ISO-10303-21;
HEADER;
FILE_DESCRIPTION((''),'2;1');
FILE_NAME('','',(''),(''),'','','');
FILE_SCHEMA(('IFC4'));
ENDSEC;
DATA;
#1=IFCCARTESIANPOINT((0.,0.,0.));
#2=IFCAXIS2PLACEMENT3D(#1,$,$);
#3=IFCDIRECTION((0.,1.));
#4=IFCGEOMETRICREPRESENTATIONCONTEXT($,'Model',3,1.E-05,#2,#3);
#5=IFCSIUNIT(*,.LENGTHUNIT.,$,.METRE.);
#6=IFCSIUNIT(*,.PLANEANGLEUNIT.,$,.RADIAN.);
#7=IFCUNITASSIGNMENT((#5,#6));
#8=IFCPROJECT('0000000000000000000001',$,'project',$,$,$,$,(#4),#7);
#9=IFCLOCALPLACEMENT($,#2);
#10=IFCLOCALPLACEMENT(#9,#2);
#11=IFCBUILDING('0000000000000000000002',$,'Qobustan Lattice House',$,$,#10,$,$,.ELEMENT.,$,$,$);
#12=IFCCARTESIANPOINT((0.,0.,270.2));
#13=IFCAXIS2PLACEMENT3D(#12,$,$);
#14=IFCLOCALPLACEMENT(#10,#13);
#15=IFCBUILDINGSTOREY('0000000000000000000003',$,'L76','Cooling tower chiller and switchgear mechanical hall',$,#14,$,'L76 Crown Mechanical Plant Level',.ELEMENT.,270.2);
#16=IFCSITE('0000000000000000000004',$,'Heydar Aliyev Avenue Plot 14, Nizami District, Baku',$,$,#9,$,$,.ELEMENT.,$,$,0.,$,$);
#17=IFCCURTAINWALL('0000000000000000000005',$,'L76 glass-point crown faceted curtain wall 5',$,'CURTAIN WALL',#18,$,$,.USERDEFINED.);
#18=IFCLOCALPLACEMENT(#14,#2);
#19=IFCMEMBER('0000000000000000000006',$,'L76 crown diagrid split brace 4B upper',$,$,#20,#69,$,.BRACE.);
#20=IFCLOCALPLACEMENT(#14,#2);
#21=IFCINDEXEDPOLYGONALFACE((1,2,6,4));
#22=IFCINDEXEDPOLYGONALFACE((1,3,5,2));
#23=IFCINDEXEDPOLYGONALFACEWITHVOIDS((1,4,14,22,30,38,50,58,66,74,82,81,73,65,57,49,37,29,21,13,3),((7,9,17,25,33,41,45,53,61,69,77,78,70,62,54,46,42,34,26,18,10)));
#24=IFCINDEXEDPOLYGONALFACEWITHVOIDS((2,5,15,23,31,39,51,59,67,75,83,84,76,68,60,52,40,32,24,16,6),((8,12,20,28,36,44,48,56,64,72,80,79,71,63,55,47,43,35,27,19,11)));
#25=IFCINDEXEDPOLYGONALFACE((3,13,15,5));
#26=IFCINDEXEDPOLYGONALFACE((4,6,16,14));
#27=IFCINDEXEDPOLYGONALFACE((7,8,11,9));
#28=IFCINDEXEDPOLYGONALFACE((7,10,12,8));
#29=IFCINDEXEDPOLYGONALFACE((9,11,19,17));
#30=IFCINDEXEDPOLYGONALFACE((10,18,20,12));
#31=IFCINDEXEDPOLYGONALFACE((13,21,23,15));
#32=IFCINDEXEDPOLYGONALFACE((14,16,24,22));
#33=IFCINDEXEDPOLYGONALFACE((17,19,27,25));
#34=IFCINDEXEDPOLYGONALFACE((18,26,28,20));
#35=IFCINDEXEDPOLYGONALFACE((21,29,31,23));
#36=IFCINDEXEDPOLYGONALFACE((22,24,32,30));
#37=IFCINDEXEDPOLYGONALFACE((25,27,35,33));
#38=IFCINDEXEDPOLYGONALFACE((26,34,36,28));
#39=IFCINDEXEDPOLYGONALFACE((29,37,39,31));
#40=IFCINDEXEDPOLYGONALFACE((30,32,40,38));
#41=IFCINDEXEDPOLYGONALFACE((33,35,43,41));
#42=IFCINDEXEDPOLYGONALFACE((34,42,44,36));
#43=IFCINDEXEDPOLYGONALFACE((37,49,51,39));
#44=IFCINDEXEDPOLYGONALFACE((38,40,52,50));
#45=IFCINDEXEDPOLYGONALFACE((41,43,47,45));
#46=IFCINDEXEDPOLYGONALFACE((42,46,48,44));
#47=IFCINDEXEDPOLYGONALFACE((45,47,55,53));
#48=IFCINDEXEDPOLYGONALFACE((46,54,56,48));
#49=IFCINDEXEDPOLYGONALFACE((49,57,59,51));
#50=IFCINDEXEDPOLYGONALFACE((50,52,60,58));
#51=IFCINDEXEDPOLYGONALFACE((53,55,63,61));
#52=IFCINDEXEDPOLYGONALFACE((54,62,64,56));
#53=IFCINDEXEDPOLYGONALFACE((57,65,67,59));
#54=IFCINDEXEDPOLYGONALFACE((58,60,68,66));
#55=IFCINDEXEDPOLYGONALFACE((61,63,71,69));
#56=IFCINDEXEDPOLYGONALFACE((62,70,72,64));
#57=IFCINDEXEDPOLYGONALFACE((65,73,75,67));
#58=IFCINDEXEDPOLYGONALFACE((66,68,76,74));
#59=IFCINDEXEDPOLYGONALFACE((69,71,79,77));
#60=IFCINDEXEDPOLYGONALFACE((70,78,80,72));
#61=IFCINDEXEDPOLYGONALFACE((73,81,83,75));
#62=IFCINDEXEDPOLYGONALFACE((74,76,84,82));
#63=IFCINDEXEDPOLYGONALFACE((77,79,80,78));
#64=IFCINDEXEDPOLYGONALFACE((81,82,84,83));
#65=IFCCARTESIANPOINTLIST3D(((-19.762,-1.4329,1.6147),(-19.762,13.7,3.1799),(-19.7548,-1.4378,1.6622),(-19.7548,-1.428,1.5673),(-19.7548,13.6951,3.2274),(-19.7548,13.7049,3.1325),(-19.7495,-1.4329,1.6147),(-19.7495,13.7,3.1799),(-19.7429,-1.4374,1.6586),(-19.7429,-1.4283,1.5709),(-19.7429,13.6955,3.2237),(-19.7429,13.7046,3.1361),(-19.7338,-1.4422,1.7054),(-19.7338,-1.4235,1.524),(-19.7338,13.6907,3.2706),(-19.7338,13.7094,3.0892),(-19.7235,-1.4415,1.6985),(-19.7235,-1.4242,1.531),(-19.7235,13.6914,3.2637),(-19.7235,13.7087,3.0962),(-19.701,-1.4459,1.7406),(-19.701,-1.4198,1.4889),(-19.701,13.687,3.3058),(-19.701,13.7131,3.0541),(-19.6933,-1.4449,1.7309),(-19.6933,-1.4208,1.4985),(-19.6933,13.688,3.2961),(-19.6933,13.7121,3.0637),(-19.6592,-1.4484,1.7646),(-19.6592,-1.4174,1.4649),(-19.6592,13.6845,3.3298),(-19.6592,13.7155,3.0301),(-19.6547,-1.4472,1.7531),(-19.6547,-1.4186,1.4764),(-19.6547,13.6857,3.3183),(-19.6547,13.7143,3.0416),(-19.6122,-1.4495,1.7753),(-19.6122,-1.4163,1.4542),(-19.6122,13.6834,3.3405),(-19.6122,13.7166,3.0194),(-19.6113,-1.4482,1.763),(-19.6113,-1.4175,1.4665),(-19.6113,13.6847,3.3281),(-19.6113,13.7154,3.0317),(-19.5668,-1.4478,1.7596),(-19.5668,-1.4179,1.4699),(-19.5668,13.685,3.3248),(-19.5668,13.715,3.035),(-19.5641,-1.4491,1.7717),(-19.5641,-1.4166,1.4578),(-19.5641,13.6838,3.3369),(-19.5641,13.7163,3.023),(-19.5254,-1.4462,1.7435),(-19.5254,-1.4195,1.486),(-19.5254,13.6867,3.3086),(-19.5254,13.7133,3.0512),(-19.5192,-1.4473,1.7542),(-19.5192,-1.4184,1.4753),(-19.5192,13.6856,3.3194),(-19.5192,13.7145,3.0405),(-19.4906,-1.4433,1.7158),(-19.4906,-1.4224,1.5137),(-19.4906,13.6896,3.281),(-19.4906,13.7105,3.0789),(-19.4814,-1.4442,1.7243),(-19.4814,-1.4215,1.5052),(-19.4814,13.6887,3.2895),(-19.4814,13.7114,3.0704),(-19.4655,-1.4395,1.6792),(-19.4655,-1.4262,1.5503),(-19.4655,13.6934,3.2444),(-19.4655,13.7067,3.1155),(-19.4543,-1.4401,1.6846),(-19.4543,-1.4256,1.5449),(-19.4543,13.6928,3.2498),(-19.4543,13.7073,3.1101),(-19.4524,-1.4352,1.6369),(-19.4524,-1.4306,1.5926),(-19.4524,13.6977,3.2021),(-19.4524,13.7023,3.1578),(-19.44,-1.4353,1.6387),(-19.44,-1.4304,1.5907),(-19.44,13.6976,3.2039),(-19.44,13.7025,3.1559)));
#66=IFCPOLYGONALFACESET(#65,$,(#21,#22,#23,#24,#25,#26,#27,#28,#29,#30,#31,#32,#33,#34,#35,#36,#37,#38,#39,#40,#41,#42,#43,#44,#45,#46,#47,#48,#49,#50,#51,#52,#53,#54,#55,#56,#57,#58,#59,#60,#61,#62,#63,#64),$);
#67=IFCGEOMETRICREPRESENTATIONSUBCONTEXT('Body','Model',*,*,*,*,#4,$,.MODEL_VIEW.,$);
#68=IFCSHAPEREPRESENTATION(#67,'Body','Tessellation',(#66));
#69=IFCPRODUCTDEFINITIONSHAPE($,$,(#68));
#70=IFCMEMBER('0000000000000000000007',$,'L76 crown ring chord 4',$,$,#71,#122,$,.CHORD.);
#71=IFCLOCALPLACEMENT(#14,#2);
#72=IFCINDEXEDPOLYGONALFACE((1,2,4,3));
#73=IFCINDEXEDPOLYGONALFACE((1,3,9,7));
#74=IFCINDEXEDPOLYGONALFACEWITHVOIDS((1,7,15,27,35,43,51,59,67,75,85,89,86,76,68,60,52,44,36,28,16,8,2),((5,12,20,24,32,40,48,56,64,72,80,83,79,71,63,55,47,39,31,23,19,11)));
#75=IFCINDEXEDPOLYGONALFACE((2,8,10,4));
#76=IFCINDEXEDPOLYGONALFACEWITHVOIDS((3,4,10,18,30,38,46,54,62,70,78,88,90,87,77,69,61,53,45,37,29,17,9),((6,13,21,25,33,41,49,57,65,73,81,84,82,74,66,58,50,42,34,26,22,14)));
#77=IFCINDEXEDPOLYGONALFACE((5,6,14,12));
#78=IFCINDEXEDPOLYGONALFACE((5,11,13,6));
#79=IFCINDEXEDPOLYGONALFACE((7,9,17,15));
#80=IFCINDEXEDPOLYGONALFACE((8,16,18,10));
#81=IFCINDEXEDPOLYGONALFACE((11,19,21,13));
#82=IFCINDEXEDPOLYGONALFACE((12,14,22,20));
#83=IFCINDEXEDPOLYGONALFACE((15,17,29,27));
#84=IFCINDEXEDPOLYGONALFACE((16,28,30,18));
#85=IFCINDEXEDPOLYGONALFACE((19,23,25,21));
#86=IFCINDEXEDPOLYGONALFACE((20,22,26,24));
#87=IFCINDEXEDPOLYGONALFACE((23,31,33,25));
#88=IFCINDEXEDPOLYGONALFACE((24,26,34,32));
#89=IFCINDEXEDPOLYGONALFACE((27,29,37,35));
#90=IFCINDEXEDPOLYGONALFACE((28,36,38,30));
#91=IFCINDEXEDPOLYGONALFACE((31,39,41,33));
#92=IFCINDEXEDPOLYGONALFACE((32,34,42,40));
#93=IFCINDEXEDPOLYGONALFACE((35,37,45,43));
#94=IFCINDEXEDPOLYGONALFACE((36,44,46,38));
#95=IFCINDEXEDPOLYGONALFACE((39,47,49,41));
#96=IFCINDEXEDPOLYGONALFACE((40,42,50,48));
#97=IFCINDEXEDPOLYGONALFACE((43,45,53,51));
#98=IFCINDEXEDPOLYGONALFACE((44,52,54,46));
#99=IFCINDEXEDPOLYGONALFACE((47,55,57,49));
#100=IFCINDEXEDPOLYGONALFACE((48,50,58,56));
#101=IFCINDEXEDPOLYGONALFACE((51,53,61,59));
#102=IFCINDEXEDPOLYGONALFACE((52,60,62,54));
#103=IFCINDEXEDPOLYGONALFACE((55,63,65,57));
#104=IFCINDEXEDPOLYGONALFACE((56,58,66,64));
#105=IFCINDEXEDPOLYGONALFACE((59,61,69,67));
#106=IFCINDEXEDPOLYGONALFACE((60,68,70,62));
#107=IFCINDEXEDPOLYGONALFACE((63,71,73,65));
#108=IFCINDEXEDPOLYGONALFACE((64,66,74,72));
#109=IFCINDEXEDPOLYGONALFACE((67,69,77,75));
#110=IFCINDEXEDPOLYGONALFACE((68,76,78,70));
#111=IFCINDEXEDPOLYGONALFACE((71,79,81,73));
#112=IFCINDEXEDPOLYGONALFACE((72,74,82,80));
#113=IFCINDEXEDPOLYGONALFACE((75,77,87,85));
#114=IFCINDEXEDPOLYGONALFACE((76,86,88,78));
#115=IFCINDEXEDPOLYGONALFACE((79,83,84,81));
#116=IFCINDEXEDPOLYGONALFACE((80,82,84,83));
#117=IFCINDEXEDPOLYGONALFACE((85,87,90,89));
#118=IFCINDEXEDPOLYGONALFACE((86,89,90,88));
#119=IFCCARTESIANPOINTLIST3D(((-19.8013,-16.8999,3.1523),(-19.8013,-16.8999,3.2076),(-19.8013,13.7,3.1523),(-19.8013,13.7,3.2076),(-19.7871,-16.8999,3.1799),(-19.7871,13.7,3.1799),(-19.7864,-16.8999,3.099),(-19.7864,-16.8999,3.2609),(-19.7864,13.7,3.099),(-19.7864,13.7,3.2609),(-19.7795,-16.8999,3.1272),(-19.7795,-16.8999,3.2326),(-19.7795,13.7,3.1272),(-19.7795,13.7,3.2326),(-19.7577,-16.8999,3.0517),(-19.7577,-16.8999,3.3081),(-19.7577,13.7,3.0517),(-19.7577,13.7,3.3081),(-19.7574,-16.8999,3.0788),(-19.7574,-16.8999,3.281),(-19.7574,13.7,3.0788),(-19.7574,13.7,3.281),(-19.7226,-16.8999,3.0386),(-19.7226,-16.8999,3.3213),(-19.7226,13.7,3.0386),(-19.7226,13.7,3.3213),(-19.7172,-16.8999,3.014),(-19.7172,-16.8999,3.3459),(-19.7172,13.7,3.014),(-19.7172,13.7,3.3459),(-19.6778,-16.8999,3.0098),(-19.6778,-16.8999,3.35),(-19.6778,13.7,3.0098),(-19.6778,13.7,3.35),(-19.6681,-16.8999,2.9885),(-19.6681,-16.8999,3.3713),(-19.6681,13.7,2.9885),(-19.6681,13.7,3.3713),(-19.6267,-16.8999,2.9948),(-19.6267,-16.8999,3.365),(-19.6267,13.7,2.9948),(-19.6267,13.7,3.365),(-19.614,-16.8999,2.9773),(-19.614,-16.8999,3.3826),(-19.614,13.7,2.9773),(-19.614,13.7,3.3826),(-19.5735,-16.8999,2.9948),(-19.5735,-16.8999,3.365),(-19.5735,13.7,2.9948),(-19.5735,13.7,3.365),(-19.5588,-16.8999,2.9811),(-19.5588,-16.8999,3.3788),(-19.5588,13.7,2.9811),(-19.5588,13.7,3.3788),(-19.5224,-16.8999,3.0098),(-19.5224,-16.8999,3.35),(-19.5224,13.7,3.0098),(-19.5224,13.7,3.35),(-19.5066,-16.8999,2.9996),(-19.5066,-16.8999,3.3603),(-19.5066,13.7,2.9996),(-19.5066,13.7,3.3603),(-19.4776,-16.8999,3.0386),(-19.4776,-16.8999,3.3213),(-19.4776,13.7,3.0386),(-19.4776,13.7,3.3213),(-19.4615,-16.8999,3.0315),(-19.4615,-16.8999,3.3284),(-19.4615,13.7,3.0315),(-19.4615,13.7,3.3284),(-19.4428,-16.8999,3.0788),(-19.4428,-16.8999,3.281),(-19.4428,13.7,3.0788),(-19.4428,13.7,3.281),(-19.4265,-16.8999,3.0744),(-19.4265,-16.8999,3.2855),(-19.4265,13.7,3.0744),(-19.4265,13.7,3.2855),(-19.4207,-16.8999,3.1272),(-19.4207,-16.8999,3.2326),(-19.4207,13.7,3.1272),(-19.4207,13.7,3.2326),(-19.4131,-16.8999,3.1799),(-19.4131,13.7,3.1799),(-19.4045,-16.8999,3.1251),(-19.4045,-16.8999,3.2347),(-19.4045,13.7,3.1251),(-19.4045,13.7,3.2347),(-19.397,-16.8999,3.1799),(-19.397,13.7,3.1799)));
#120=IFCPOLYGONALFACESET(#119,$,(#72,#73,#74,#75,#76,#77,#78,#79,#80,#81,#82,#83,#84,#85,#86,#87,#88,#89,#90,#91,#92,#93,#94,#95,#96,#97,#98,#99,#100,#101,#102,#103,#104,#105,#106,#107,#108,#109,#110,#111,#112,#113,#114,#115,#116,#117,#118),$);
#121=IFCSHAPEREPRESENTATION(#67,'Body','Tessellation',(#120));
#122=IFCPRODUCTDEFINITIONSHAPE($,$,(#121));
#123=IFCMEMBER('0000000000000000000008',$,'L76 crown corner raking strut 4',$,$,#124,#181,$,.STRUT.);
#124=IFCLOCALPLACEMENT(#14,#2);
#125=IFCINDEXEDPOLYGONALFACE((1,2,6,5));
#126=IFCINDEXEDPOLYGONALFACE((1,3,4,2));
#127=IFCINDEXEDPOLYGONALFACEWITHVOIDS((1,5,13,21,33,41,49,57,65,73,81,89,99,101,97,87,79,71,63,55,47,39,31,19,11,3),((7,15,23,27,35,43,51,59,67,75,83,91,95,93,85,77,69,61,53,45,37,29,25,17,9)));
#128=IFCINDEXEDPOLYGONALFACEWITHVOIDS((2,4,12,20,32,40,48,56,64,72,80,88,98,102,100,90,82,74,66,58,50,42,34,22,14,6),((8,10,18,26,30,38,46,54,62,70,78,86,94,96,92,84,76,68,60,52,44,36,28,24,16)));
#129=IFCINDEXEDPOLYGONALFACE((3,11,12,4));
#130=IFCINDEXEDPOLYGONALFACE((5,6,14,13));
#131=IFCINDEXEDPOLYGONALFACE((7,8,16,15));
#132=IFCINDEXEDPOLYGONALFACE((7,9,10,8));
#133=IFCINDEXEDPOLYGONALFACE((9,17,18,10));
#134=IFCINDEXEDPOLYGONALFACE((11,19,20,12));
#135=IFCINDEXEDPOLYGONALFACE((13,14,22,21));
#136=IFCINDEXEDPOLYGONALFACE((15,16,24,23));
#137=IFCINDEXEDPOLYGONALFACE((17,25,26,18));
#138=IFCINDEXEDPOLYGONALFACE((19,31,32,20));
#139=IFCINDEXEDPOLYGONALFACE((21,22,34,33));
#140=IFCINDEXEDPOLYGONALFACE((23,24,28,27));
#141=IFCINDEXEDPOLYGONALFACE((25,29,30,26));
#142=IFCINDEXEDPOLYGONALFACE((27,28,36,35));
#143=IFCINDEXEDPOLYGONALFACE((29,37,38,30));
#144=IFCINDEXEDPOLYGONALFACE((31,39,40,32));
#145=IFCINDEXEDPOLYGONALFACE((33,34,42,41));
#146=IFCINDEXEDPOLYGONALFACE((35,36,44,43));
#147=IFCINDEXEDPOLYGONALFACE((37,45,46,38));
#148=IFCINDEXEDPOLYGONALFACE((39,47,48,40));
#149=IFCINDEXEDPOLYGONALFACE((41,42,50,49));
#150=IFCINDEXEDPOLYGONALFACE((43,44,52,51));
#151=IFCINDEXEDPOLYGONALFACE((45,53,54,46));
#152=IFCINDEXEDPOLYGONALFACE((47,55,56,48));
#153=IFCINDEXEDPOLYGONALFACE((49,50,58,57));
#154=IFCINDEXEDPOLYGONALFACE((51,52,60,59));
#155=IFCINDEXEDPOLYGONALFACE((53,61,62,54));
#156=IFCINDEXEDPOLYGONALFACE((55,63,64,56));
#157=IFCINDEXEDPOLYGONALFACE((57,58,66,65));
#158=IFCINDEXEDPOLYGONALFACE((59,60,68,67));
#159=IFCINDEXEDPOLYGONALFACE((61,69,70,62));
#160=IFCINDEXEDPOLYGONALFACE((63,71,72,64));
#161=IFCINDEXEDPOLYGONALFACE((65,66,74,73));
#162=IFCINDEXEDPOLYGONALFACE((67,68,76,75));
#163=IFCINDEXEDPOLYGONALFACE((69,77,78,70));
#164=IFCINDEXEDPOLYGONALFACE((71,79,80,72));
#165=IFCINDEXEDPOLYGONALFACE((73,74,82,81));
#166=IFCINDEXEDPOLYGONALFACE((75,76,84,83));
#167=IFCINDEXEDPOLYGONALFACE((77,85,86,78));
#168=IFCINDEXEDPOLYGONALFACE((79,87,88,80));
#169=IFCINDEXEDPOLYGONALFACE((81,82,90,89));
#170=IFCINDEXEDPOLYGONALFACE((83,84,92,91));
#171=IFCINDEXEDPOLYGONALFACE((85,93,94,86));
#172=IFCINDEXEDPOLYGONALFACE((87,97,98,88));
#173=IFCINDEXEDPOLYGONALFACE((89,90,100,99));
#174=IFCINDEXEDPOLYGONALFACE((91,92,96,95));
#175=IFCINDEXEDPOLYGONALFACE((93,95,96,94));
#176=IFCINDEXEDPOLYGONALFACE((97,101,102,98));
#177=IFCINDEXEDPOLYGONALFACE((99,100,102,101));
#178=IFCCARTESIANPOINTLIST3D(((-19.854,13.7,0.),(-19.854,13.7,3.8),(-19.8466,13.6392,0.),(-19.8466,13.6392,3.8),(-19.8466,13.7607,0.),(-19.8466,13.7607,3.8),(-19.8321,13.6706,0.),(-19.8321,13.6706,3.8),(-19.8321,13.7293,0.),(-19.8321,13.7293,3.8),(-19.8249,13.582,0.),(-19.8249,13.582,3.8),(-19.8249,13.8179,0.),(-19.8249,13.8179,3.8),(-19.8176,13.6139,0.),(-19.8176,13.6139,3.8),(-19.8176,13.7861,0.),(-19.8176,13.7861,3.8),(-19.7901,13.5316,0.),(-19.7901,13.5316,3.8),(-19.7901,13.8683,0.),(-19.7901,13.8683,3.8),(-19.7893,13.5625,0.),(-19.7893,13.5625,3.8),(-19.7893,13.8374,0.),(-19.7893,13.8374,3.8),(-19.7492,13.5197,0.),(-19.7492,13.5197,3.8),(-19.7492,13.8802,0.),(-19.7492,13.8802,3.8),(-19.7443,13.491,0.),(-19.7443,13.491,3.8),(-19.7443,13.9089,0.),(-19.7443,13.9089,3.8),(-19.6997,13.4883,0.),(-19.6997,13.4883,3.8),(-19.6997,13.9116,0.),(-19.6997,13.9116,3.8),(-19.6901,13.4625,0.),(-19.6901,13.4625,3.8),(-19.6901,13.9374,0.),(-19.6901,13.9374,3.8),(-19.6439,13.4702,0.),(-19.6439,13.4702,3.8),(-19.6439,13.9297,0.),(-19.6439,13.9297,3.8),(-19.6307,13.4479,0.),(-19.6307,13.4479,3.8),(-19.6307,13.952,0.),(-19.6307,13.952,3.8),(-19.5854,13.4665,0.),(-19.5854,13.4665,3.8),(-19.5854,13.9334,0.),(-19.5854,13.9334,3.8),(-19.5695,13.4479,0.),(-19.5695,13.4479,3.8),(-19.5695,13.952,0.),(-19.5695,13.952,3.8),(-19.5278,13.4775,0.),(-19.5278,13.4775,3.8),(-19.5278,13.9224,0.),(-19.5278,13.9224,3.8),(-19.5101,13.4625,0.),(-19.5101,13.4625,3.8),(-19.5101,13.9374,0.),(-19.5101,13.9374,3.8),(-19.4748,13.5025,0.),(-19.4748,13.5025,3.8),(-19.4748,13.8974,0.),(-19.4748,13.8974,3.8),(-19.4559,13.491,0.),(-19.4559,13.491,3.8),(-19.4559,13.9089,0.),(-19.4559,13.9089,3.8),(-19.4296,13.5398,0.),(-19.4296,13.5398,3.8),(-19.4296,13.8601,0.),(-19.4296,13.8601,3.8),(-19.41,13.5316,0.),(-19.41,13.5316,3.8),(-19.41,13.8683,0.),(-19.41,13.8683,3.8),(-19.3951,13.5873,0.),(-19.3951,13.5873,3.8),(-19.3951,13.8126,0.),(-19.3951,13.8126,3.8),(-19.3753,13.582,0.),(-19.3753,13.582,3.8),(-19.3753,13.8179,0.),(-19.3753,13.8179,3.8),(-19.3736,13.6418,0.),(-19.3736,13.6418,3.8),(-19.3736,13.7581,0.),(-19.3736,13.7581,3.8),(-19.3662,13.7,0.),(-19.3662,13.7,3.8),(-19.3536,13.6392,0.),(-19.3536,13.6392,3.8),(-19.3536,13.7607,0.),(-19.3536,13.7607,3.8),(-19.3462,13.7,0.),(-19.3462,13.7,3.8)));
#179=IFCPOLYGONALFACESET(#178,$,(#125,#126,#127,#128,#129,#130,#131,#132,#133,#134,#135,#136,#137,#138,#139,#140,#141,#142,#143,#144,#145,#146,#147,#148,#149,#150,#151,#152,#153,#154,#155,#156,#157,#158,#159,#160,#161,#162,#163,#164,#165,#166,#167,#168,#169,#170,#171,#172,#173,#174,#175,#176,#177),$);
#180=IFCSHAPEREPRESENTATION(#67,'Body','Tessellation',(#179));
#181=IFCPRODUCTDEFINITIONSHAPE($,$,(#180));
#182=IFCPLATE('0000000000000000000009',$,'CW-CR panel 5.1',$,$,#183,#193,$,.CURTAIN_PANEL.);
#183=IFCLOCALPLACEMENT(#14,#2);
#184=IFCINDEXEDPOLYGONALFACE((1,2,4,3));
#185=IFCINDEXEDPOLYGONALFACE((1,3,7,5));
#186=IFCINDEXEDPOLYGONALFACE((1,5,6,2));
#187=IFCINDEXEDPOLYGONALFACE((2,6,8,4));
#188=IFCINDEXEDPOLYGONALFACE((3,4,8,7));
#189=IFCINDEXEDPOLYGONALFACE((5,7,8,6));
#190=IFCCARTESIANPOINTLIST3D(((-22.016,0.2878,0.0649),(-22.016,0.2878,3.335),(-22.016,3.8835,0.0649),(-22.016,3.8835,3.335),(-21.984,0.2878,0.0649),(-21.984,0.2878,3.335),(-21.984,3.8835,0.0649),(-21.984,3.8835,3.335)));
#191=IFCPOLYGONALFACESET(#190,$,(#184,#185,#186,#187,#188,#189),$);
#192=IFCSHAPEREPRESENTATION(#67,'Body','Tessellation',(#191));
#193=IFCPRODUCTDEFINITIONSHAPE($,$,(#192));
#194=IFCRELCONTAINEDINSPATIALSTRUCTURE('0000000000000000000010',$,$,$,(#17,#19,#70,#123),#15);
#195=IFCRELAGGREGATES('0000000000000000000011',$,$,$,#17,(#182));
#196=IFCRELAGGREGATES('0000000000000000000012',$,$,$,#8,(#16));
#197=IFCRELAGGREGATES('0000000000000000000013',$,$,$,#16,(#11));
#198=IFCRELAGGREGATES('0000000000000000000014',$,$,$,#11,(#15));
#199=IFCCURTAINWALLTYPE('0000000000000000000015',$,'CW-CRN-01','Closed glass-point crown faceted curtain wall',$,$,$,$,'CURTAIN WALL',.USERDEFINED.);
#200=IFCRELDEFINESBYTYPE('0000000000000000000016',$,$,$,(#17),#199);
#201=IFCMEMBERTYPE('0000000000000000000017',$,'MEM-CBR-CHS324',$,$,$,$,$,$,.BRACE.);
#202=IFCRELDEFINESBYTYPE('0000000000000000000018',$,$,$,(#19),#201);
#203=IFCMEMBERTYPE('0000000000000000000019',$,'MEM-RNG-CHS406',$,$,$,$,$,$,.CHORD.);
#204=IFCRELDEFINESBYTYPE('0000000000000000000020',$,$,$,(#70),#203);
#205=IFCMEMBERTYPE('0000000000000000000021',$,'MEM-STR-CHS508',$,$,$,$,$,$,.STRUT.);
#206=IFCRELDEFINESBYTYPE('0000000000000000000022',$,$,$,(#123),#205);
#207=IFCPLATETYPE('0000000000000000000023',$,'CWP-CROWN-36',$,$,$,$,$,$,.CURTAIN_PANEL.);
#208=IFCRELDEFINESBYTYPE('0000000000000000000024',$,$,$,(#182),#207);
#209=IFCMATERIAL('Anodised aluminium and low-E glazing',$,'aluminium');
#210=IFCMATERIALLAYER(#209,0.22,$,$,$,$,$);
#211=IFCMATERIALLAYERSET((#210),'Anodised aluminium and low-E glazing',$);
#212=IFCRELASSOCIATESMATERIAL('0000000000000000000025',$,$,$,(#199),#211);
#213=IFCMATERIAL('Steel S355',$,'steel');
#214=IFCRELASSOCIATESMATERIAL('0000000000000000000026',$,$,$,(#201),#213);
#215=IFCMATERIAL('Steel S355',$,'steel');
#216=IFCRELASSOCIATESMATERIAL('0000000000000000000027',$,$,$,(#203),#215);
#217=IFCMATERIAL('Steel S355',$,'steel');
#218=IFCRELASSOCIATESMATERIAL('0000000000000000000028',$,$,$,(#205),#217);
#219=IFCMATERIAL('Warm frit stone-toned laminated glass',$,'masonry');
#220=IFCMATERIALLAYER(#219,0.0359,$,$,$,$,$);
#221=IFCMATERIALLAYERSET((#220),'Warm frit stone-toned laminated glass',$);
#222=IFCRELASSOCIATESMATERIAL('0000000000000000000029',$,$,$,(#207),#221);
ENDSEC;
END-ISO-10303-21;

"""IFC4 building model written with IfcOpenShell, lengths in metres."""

from ifc_helpers import new_model, si_unit, direction, frame, origin, origin_2d, place, context, subcontext, project, spatial, rectangle, hollow_circle, extrude, material, layer, layer_set, material_profile, profile_set, type_object, element, aggregate, save


model = new_model("IFC4")

# Units and contexts
model_context = context("Model", 3, precision=1e-05, world=origin(), true_north=direction((0.0, 1.0)))
body_context = subcontext(model_context, "Body", "Model", "MODEL_VIEW")
ifc_project = project(units=[si_unit("LENGTHUNIT", "METRE"), si_unit("PLANEANGLEUNIT", "RADIAN")], contexts=[model_context])

# Site, building, storey
site_placement = place(None, origin())
site = spatial("IfcSite", under=ifc_project, at=site_placement, Name="Heydar Aliyev Avenue Plot 14, Nizami District, Baku", CompositionType="ELEMENT", RefElevation=0.0)
building_placement = place(site_placement, origin())
building = spatial("IfcBuilding", under=site, at=building_placement, Name="Qobustan Lattice House", CompositionType="ELEMENT")
storey_placement = place(building_placement, frame((0.0, 0.0, 270.2)))
storey = spatial("IfcBuildingStorey", under=building, at=storey_placement, Name="L76", Description="Cooling tower chiller and switchgear mechanical hall", LongName="L76 Crown Mechanical Plant Level", CompositionType="ELEMENT", Elevation=270.2)

# Curtain wall
ifc_material_1 = material(Name="Anodised aluminium and low-E glazing", Category="aluminium")
ifc_layer_1 = layer(ifc_material_1, 0.22)
ifc_layer_set_1 = layer_set([ifc_layer_1], Name="Anodised aluminium and low-E glazing")
curtain_wall_type = type_object("IfcCurtainWallType", Name="CW-CRN-01", Description="Closed glass-point crown faceted curtain wall", ElementType="CURTAIN WALL", PredefinedType="USERDEFINED", material=ifc_layer_set_1)
curtain_wall_1_placement = place(storey_placement, origin())
curtain_wall_1 = element("IfcCurtainWall", 1, at=curtain_wall_1_placement, inside=storey, type_object=curtain_wall_type, Name="L76 glass-point crown faceted curtain wall 5", ObjectType="CURTAIN WALL", PredefinedType="USERDEFINED")

# Members
ifc_material_2 = material(Name="Steel S355", Category="steel")
ifc_material_profile_1 = material_profile(ifc_material_2, hollow_circle(Radius=0.1619, WallThickness=0.0125, at=origin_2d()), Name="CHS323.9x12.5")
ifc_profile_set_1 = profile_set([ifc_material_profile_1], Name="Steel S355")
member_type_1 = type_object("IfcMemberType", Name="MEM-CBR-CHS324", PredefinedType="BRACE", material=ifc_profile_set_1)
member_1_placement = place(storey_placement, frame((-19.6001, -1.4329, 1.6147), z_axis=(0.0, 0.994694, 0.102881), x_axis=(-1.0, 0.0, 0.0)))
element("IfcMember", 2, at=member_1_placement, inside=storey, type_object=member_type_1, Name="L76 crown diagrid split brace 4B upper", PredefinedType="BRACE", context=body_context, shape_type="SweptSolid", body=[
    extrude(hollow_circle(Radius=0.1619, WallThickness=0.0125, at=origin_2d()), origin(), (0.0, 0.0, 1.0), 15.2136),
])
ifc_material_3 = material(Name="Steel S355", Category="steel")
ifc_material_profile_2 = material_profile(ifc_material_3, hollow_circle(Radius=0.2031, WallThickness=0.0161, at=origin_2d()), Name="CHS406.4x16")
ifc_profile_set_2 = profile_set([ifc_material_profile_2], Name="Steel S355")
member_type_2 = type_object("IfcMemberType", Name="MEM-RNG-CHS406", PredefinedType="CHORD", material=ifc_profile_set_2)
member_2_placement = place(storey_placement, frame((-19.6001, 13.7, 3.1799), z_axis=(0.0, -1.0, 0.0), x_axis=(1.0, 0.0, 0.0)))
element("IfcMember", 3, at=member_2_placement, inside=storey, type_object=member_type_2, Name="L76 crown ring chord 4", PredefinedType="CHORD", context=body_context, shape_type="SweptSolid", body=[
    extrude(hollow_circle(Radius=0.2031, WallThickness=0.0161, at=origin_2d()), origin(), (0.0, 0.0, 1.0), 30.5999),
])
ifc_material_4 = material(Name="Steel S355", Category="steel")
ifc_material_profile_3 = material_profile(ifc_material_4, hollow_circle(Radius=0.2539, WallThickness=0.02, at=origin_2d()), Name="CHS508x20")
ifc_profile_set_3 = profile_set([ifc_material_profile_3], Name="Steel S355")
member_type_3 = type_object("IfcMemberType", Name="MEM-STR-CHS508", PredefinedType="STRUT", material=ifc_profile_set_3)
member_3_placement = place(storey_placement, frame((-19.6001, 13.7, 0.0), z_axis=(0.0, 0.0, 1.0), x_axis=(1.0, 0.0, 0.0)))
element("IfcMember", 4, at=member_3_placement, inside=storey, type_object=member_type_3, Name="L76 crown corner raking strut 4", PredefinedType="STRUT", context=body_context, shape_type="SweptSolid", body=[
    extrude(hollow_circle(Radius=0.2539, WallThickness=0.02, at=origin_2d()), origin(), (0.0, 0.0, 1.0), 3.8),
])

# Plate
ifc_material_5 = material(Name="Warm frit stone-toned laminated glass", Category="masonry")
ifc_layer_2 = layer(ifc_material_5, 0.0359)
ifc_layer_set_2 = layer_set([ifc_layer_2], Name="Warm frit stone-toned laminated glass")
plate_type_1 = type_object("IfcPlateType", Name="CWP-CROWN-36", PredefinedType="CURTAIN_PANEL", material=ifc_layer_set_2)
plate_1_placement = place(storey_placement, frame((-22.0, 2.0857, 0.0649), z_axis=(0.0, 0.0, 1.0), x_axis=(0.0, 1.0, 0.0)))
plate_1 = element("IfcPlate", 5, at=plate_1_placement, type_object=plate_type_1, Name="CW-CR panel 5.1", PredefinedType="CURTAIN_PANEL", context=body_context, shape_type="SweptSolid", body=[
    extrude(rectangle(XDim=3.5957, YDim=0.032, at=origin_2d()), origin(), (0.0, 0.0, 1.0), 3.27),
])
aggregate(curtain_wall_1, [plate_1])

save(model, "model.ifc")
